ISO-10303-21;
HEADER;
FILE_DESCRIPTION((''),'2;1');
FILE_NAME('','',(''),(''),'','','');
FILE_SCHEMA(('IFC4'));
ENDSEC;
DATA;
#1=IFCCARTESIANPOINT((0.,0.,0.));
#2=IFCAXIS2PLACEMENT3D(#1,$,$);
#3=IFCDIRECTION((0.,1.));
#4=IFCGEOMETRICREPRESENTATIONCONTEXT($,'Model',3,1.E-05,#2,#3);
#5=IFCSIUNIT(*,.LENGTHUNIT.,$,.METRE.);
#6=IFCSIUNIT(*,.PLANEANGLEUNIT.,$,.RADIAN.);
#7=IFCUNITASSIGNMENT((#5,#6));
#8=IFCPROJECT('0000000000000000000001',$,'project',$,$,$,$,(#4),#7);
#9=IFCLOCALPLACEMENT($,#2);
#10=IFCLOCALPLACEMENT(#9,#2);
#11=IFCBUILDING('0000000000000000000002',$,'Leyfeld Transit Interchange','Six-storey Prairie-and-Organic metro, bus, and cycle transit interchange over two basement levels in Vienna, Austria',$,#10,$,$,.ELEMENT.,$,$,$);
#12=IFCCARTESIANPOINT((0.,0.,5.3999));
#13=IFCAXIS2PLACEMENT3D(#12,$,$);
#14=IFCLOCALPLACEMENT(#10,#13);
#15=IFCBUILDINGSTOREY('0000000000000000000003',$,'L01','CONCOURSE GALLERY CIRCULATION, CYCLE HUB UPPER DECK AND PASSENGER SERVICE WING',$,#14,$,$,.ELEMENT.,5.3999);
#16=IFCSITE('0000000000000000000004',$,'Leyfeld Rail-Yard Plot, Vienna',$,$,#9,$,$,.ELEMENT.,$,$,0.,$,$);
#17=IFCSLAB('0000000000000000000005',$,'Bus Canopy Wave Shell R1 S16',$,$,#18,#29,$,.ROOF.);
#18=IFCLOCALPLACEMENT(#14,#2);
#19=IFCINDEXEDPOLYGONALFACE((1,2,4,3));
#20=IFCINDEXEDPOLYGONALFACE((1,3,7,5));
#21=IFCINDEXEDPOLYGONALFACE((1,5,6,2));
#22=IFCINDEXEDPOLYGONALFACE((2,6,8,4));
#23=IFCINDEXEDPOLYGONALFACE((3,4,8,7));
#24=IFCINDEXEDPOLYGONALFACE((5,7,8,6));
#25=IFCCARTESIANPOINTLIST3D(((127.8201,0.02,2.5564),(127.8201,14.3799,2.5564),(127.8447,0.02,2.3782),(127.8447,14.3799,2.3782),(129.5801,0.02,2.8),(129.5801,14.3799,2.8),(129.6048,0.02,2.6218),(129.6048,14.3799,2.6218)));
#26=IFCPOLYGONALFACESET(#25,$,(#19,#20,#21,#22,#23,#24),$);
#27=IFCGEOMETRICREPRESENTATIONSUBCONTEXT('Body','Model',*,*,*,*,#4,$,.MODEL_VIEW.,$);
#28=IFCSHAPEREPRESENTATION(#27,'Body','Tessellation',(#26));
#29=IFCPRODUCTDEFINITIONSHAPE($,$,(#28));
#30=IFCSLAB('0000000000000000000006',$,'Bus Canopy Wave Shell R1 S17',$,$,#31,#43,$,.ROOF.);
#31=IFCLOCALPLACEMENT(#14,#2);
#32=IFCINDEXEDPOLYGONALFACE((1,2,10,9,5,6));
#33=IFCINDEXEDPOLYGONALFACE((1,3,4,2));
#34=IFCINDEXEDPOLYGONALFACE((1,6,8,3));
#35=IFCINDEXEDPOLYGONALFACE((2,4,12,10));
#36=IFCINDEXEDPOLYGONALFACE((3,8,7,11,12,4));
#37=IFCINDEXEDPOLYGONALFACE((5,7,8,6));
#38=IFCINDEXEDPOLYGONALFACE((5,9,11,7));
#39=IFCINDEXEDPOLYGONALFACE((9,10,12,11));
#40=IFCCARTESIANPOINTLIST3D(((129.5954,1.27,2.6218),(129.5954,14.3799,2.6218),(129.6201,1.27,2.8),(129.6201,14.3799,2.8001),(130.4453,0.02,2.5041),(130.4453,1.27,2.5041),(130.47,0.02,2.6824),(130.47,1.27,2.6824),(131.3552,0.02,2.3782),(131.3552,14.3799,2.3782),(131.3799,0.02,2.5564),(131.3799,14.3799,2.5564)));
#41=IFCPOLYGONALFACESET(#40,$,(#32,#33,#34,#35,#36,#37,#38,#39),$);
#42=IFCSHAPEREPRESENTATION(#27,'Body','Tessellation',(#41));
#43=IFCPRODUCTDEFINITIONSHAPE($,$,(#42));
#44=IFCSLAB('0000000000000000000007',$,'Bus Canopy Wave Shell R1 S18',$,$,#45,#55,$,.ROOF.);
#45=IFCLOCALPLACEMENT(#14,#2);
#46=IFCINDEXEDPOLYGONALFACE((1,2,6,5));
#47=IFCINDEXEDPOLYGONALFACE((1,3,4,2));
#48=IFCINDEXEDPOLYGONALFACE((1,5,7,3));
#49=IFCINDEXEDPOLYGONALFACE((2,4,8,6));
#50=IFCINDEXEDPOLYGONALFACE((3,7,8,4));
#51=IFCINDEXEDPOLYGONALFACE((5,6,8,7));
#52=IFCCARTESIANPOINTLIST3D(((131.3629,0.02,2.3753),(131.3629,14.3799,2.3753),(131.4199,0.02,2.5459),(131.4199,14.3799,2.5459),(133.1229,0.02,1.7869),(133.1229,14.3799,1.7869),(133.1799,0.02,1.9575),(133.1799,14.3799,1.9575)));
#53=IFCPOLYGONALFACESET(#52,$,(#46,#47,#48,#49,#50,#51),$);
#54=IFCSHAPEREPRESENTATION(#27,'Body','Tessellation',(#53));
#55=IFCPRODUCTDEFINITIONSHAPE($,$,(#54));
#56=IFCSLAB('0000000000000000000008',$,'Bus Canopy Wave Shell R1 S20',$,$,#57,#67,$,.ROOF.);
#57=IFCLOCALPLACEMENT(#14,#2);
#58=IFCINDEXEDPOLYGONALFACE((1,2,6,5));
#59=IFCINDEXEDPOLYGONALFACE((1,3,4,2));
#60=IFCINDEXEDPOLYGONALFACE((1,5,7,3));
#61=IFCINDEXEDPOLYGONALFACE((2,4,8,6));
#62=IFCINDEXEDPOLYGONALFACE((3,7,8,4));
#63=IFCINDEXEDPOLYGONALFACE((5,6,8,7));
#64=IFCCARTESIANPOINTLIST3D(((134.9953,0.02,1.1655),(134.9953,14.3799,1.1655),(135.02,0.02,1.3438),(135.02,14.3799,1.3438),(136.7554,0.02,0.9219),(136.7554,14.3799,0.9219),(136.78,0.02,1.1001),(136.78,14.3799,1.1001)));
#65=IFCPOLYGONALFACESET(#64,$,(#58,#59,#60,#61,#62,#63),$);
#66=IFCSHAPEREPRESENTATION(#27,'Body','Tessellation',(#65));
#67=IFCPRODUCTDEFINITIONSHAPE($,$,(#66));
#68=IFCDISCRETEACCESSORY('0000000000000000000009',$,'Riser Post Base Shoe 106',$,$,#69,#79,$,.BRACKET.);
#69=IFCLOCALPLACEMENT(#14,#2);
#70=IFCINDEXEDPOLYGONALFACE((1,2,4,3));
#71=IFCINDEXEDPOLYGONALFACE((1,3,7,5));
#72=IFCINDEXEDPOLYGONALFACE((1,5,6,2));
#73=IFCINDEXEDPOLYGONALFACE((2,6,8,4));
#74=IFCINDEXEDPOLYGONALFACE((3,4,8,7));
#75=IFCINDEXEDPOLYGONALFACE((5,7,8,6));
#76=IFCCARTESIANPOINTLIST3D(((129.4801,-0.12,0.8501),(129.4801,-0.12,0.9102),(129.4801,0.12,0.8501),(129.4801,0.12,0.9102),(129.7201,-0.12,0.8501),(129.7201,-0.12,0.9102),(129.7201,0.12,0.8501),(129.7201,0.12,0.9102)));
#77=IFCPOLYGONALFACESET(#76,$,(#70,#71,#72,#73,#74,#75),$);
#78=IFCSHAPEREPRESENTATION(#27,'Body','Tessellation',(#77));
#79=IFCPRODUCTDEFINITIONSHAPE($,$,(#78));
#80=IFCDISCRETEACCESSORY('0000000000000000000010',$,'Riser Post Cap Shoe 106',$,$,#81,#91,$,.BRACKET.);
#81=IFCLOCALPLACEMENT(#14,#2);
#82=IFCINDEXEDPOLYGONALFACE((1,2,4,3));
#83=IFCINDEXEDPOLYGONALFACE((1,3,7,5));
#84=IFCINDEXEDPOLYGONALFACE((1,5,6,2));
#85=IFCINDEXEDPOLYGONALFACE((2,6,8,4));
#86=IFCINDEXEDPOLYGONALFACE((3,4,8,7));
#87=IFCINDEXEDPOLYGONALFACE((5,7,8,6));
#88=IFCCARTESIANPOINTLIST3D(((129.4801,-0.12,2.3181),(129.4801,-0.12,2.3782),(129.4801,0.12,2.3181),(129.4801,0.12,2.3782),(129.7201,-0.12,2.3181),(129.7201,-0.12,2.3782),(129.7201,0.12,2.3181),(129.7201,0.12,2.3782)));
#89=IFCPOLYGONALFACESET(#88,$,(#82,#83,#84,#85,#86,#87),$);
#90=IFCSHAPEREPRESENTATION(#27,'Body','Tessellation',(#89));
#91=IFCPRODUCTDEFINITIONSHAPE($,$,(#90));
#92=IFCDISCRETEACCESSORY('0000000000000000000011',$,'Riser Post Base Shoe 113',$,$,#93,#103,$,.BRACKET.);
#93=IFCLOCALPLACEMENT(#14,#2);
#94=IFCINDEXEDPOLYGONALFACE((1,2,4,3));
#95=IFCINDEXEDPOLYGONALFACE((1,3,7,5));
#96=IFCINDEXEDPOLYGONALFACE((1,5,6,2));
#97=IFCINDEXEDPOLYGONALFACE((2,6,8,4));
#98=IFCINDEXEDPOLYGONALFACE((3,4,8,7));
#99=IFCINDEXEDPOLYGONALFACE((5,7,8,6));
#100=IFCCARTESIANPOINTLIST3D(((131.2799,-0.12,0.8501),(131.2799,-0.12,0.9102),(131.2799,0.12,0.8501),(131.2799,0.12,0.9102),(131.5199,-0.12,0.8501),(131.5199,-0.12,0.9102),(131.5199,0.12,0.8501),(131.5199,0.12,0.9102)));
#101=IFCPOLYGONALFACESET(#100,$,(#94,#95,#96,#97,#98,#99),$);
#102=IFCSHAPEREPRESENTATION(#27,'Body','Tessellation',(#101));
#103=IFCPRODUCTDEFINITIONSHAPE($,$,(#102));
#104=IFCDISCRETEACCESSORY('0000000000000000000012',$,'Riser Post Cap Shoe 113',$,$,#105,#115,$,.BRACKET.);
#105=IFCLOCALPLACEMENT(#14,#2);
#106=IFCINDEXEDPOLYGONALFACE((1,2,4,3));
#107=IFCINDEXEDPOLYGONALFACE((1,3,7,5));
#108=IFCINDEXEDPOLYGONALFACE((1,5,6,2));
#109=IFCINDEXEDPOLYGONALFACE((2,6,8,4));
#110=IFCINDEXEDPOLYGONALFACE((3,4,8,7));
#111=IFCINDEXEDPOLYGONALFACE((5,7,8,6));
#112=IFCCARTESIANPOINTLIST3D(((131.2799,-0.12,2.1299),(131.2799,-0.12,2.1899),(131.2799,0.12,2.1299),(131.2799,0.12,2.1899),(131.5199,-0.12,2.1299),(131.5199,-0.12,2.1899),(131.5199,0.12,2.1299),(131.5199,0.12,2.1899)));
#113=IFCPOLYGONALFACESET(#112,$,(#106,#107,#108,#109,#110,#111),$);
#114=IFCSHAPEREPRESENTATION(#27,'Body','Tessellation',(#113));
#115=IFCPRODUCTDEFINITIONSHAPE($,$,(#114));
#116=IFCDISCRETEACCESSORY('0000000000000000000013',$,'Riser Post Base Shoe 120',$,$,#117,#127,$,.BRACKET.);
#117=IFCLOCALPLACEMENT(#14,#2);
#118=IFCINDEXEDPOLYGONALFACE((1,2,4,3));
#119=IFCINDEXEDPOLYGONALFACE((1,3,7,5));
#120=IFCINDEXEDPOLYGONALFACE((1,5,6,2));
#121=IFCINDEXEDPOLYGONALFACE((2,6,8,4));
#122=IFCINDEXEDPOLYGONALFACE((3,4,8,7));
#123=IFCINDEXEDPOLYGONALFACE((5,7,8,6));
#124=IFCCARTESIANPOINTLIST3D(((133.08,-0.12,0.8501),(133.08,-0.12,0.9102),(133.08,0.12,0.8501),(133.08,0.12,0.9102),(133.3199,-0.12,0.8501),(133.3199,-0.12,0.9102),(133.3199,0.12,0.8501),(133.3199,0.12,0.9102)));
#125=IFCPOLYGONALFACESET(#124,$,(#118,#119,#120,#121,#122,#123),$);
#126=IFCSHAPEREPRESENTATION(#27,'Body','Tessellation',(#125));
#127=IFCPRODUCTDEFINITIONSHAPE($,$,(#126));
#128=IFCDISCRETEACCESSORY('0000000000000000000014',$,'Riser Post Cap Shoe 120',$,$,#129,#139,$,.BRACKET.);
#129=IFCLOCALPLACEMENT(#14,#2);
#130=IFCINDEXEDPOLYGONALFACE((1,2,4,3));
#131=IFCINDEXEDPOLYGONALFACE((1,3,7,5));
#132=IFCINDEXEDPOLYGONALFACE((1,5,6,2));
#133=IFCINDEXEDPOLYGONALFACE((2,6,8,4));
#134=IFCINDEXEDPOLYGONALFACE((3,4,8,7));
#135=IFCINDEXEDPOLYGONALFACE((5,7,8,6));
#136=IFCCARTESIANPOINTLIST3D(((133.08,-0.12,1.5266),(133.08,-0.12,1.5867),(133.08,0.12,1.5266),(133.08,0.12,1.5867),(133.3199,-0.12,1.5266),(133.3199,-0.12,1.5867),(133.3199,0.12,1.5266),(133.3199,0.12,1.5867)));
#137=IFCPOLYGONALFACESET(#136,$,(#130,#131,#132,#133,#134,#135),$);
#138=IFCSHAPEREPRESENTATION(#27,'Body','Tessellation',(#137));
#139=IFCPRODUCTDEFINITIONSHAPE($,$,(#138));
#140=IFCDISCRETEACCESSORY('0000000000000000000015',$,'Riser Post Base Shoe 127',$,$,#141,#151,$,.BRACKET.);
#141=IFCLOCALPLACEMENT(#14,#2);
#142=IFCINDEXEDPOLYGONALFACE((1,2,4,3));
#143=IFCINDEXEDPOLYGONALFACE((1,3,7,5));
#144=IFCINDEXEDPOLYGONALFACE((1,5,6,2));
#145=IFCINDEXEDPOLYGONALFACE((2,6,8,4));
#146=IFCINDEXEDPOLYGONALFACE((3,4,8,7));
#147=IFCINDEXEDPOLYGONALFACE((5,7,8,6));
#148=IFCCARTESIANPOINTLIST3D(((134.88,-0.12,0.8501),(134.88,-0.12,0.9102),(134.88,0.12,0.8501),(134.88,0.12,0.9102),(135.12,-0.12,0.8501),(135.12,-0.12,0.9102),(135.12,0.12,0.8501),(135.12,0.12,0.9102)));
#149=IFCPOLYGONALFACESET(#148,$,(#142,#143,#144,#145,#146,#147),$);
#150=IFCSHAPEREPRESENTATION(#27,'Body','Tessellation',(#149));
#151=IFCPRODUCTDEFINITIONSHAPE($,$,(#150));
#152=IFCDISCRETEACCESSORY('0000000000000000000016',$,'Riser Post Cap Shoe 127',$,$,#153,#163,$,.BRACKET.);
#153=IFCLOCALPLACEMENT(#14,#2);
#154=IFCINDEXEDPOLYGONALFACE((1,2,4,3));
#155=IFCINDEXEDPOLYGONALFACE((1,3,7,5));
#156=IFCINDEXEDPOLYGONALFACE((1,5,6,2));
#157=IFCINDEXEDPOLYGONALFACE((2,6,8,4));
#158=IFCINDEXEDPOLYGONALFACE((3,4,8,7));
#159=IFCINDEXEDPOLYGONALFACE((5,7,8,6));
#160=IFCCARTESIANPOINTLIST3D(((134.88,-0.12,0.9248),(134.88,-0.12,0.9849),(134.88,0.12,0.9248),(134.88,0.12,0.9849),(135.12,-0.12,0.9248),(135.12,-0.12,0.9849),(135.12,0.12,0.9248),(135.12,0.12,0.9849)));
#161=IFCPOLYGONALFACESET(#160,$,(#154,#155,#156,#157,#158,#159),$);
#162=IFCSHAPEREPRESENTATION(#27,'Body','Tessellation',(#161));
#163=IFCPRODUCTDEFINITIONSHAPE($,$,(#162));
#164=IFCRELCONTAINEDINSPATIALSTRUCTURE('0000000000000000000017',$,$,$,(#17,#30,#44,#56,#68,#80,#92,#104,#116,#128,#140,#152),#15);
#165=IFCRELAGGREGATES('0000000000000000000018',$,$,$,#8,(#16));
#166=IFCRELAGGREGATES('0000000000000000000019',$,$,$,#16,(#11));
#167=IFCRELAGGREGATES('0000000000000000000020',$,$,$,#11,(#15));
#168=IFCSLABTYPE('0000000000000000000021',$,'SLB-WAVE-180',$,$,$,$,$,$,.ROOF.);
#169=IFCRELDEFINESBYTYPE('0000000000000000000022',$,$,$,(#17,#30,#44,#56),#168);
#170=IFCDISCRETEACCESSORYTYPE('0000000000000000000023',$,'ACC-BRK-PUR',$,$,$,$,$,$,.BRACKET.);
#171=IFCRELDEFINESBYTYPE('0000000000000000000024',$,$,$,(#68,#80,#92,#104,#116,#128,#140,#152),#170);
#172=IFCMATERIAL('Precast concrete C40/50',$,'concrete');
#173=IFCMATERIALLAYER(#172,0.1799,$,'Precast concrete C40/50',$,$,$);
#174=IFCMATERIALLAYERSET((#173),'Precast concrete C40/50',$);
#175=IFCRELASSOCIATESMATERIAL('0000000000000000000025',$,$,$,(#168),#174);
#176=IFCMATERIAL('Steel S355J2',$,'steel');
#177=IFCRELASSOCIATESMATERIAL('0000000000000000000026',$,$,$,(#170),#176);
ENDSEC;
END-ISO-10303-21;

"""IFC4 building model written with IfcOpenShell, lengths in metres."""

from ifc_helpers import new_model, si_unit, direction, frame, origin, origin_2d, place, context, subcontext, project, spatial, polyline, rectangle, outline, extrude, material, layer, layer_set, type_object, element, save


model = new_model("IFC4")

# Units and contexts
model_context = context("Model", 3, precision=1e-05, world=origin(), true_north=direction((0.0, 1.0)))
body_context = subcontext(model_context, "Body", "Model", "MODEL_VIEW")
ifc_project = project(units=[si_unit("LENGTHUNIT", "METRE"), si_unit("PLANEANGLEUNIT", "RADIAN")], contexts=[model_context])

# Site, building, storey
site_placement = place(None, origin())
site = spatial("IfcSite", under=ifc_project, at=site_placement, Name="Leyfeld Rail-Yard Plot, Vienna", CompositionType="ELEMENT", RefElevation=0.0)
building_placement = place(site_placement, origin())
building = spatial("IfcBuilding", under=site, at=building_placement, Name="Leyfeld Transit Interchange", Description="Six-storey Prairie-and-Organic metro, bus, and cycle transit interchange over two basement levels in Vienna, Austria", CompositionType="ELEMENT")
storey_placement = place(building_placement, frame((0.0, 0.0, 5.3999)))
storey = spatial("IfcBuildingStorey", under=building, at=storey_placement, Name="L01", Description="CONCOURSE GALLERY CIRCULATION, CYCLE HUB UPPER DECK AND PASSENGER SERVICE WING", CompositionType="ELEMENT", Elevation=5.3999)

# Shared definitions
ifc_material_1 = material(Name="Steel S355J2", Category="steel")

# Slabs
ifc_material_2 = material(Name="Precast concrete C40/50", Category="concrete")
ifc_layer = layer(ifc_material_2, 0.1799, Name="Precast concrete C40/50")
ifc_layer_set = layer_set([ifc_layer], Name="Precast concrete C40/50")
slab_type = type_object("IfcSlabType", Name="SLB-WAVE-180", PredefinedType="ROOF", material=ifc_layer_set)
slab_1_placement = place(storey_placement, frame((127.8201, 0.02, 2.5564), z_axis=(-0.13713, 0.0, 0.990553), x_axis=(0.990553, 0.0, 0.13713)))
element("IfcSlab", 1, at=slab_1_placement, inside=storey, type_object=slab_type, Name="Bus Canopy Wave Shell R1 S16", PredefinedType="ROOF", context=body_context, shape_type="SweptSolid", body=[
    extrude(outline(polyline([(0.0, 0.0), (1.7768, 0.0), (1.7768, 14.3599), (0.0, 14.3599), (0.0, 0.0)])), origin(), (0.0, 0.0, -1.0), 0.1799),
])
slab_2_placement = place(storey_placement, frame((129.6201, 1.27, 2.8), z_axis=(0.137149, 0.0, 0.99055), x_axis=(0.99055, 0.0, -0.137149)))
element("IfcSlab", 2, at=slab_2_placement, inside=storey, type_object=slab_type, Name="Bus Canopy Wave Shell R1 S17", PredefinedType="ROOF", context=body_context, shape_type="SweptSolid", body=[
    extrude(outline(polyline([(0.0, 0.0), (0.858, 0.0), (0.858, -1.25), (1.7766, -1.25), (1.7766, 13.1099), (0.0, 13.1099), (0.0, 0.0)])), origin(), (0.0, 0.0, -1.0), 0.1799),
])
slab_3_placement = place(storey_placement, frame((131.4199, 0.02, 2.5459), z_axis=(0.317056, 0.0, 0.948407), x_axis=(0.948407, 0.0, -0.317056)))
element("IfcSlab", 3, at=slab_3_placement, inside=storey, type_object=slab_type, Name="Bus Canopy Wave Shell R1 S18", PredefinedType="ROOF", context=body_context, shape_type="SweptSolid", body=[
    extrude(outline(polyline([(0.0, 0.0), (1.8558, 0.0), (1.8558, 14.3599), (0.0, 14.3599), (0.0, 0.0)])), origin(), (0.0, 0.0, -1.0), 0.1799),
])
slab_4_placement = place(storey_placement, frame((135.02, 0.02, 1.3438), z_axis=(0.13713, 0.0, 0.990553), x_axis=(0.990553, 0.0, -0.13713)))
element("IfcSlab", 4, at=slab_4_placement, inside=storey, type_object=slab_type, Name="Bus Canopy Wave Shell R1 S20", PredefinedType="ROOF", context=body_context, shape_type="SweptSolid", body=[
    extrude(outline(polyline([(0.0, 0.0), (1.7768, 0.0), (1.7768, 14.3599), (0.0, 14.3599), (0.0, 0.0)])), origin(), (0.0, 0.0, -1.0), 0.1799),
])

# Discrete accessories
discrete_accessory_type = type_object("IfcDiscreteAccessoryType", Name="ACC-BRK-PUR", PredefinedType="BRACKET", material=ifc_material_1)
for number, where, z_axis, x_axis, name in (
    (5, (129.6001, 0.0, 0.8501), (0.0, 0.0, 1.0), (1.0, 0.0, 0.0), "Riser Post Base Shoe 106"),
    (6, (129.6001, 0.0, 2.3181), (0.0, 0.0, 1.0), (1.0, 0.0, 0.0), "Riser Post Cap Shoe 106"),
    (7, (131.3999, 0.0, 0.8501), (0.0, 0.0, 1.0), (1.0, 0.0, 0.0), "Riser Post Base Shoe 113"),
    (8, (131.3999, 0.0, 2.1299), (0.0, 0.0, 1.0), (1.0, 0.0, 0.0), "Riser Post Cap Shoe 113"),
    (9, (133.2, 0.0, 0.8501), (0.0, 0.0, 1.0), (1.0, 0.0, 0.0), "Riser Post Base Shoe 120"),
    (10, (133.2, 0.0, 1.5266), (0.0, 0.0, 1.0), (1.0, 0.0, 0.0), "Riser Post Cap Shoe 120"),
    (11, (135.0, 0.0, 0.8501), (0.0, 0.0, 1.0), (1.0, 0.0, 0.0), "Riser Post Base Shoe 127"),
    (12, (135.0, 0.0, 0.9248), (0.0, 0.0, 1.0), (1.0, 0.0, 0.0), "Riser Post Cap Shoe 127"),
):
    element("IfcDiscreteAccessory", number, at=place(storey_placement, frame(where, z_axis=z_axis, x_axis=x_axis)), inside=storey, type_object=discrete_accessory_type, Name=name, PredefinedType="BRACKET", context=body_context, shape_type="SweptSolid", body=[
        extrude(rectangle(XDim=0.24, YDim=0.24, at=origin_2d()), origin(), (0.0, 0.0, 1.0), 0.0601),
    ])

save(model, "model.ifc")
